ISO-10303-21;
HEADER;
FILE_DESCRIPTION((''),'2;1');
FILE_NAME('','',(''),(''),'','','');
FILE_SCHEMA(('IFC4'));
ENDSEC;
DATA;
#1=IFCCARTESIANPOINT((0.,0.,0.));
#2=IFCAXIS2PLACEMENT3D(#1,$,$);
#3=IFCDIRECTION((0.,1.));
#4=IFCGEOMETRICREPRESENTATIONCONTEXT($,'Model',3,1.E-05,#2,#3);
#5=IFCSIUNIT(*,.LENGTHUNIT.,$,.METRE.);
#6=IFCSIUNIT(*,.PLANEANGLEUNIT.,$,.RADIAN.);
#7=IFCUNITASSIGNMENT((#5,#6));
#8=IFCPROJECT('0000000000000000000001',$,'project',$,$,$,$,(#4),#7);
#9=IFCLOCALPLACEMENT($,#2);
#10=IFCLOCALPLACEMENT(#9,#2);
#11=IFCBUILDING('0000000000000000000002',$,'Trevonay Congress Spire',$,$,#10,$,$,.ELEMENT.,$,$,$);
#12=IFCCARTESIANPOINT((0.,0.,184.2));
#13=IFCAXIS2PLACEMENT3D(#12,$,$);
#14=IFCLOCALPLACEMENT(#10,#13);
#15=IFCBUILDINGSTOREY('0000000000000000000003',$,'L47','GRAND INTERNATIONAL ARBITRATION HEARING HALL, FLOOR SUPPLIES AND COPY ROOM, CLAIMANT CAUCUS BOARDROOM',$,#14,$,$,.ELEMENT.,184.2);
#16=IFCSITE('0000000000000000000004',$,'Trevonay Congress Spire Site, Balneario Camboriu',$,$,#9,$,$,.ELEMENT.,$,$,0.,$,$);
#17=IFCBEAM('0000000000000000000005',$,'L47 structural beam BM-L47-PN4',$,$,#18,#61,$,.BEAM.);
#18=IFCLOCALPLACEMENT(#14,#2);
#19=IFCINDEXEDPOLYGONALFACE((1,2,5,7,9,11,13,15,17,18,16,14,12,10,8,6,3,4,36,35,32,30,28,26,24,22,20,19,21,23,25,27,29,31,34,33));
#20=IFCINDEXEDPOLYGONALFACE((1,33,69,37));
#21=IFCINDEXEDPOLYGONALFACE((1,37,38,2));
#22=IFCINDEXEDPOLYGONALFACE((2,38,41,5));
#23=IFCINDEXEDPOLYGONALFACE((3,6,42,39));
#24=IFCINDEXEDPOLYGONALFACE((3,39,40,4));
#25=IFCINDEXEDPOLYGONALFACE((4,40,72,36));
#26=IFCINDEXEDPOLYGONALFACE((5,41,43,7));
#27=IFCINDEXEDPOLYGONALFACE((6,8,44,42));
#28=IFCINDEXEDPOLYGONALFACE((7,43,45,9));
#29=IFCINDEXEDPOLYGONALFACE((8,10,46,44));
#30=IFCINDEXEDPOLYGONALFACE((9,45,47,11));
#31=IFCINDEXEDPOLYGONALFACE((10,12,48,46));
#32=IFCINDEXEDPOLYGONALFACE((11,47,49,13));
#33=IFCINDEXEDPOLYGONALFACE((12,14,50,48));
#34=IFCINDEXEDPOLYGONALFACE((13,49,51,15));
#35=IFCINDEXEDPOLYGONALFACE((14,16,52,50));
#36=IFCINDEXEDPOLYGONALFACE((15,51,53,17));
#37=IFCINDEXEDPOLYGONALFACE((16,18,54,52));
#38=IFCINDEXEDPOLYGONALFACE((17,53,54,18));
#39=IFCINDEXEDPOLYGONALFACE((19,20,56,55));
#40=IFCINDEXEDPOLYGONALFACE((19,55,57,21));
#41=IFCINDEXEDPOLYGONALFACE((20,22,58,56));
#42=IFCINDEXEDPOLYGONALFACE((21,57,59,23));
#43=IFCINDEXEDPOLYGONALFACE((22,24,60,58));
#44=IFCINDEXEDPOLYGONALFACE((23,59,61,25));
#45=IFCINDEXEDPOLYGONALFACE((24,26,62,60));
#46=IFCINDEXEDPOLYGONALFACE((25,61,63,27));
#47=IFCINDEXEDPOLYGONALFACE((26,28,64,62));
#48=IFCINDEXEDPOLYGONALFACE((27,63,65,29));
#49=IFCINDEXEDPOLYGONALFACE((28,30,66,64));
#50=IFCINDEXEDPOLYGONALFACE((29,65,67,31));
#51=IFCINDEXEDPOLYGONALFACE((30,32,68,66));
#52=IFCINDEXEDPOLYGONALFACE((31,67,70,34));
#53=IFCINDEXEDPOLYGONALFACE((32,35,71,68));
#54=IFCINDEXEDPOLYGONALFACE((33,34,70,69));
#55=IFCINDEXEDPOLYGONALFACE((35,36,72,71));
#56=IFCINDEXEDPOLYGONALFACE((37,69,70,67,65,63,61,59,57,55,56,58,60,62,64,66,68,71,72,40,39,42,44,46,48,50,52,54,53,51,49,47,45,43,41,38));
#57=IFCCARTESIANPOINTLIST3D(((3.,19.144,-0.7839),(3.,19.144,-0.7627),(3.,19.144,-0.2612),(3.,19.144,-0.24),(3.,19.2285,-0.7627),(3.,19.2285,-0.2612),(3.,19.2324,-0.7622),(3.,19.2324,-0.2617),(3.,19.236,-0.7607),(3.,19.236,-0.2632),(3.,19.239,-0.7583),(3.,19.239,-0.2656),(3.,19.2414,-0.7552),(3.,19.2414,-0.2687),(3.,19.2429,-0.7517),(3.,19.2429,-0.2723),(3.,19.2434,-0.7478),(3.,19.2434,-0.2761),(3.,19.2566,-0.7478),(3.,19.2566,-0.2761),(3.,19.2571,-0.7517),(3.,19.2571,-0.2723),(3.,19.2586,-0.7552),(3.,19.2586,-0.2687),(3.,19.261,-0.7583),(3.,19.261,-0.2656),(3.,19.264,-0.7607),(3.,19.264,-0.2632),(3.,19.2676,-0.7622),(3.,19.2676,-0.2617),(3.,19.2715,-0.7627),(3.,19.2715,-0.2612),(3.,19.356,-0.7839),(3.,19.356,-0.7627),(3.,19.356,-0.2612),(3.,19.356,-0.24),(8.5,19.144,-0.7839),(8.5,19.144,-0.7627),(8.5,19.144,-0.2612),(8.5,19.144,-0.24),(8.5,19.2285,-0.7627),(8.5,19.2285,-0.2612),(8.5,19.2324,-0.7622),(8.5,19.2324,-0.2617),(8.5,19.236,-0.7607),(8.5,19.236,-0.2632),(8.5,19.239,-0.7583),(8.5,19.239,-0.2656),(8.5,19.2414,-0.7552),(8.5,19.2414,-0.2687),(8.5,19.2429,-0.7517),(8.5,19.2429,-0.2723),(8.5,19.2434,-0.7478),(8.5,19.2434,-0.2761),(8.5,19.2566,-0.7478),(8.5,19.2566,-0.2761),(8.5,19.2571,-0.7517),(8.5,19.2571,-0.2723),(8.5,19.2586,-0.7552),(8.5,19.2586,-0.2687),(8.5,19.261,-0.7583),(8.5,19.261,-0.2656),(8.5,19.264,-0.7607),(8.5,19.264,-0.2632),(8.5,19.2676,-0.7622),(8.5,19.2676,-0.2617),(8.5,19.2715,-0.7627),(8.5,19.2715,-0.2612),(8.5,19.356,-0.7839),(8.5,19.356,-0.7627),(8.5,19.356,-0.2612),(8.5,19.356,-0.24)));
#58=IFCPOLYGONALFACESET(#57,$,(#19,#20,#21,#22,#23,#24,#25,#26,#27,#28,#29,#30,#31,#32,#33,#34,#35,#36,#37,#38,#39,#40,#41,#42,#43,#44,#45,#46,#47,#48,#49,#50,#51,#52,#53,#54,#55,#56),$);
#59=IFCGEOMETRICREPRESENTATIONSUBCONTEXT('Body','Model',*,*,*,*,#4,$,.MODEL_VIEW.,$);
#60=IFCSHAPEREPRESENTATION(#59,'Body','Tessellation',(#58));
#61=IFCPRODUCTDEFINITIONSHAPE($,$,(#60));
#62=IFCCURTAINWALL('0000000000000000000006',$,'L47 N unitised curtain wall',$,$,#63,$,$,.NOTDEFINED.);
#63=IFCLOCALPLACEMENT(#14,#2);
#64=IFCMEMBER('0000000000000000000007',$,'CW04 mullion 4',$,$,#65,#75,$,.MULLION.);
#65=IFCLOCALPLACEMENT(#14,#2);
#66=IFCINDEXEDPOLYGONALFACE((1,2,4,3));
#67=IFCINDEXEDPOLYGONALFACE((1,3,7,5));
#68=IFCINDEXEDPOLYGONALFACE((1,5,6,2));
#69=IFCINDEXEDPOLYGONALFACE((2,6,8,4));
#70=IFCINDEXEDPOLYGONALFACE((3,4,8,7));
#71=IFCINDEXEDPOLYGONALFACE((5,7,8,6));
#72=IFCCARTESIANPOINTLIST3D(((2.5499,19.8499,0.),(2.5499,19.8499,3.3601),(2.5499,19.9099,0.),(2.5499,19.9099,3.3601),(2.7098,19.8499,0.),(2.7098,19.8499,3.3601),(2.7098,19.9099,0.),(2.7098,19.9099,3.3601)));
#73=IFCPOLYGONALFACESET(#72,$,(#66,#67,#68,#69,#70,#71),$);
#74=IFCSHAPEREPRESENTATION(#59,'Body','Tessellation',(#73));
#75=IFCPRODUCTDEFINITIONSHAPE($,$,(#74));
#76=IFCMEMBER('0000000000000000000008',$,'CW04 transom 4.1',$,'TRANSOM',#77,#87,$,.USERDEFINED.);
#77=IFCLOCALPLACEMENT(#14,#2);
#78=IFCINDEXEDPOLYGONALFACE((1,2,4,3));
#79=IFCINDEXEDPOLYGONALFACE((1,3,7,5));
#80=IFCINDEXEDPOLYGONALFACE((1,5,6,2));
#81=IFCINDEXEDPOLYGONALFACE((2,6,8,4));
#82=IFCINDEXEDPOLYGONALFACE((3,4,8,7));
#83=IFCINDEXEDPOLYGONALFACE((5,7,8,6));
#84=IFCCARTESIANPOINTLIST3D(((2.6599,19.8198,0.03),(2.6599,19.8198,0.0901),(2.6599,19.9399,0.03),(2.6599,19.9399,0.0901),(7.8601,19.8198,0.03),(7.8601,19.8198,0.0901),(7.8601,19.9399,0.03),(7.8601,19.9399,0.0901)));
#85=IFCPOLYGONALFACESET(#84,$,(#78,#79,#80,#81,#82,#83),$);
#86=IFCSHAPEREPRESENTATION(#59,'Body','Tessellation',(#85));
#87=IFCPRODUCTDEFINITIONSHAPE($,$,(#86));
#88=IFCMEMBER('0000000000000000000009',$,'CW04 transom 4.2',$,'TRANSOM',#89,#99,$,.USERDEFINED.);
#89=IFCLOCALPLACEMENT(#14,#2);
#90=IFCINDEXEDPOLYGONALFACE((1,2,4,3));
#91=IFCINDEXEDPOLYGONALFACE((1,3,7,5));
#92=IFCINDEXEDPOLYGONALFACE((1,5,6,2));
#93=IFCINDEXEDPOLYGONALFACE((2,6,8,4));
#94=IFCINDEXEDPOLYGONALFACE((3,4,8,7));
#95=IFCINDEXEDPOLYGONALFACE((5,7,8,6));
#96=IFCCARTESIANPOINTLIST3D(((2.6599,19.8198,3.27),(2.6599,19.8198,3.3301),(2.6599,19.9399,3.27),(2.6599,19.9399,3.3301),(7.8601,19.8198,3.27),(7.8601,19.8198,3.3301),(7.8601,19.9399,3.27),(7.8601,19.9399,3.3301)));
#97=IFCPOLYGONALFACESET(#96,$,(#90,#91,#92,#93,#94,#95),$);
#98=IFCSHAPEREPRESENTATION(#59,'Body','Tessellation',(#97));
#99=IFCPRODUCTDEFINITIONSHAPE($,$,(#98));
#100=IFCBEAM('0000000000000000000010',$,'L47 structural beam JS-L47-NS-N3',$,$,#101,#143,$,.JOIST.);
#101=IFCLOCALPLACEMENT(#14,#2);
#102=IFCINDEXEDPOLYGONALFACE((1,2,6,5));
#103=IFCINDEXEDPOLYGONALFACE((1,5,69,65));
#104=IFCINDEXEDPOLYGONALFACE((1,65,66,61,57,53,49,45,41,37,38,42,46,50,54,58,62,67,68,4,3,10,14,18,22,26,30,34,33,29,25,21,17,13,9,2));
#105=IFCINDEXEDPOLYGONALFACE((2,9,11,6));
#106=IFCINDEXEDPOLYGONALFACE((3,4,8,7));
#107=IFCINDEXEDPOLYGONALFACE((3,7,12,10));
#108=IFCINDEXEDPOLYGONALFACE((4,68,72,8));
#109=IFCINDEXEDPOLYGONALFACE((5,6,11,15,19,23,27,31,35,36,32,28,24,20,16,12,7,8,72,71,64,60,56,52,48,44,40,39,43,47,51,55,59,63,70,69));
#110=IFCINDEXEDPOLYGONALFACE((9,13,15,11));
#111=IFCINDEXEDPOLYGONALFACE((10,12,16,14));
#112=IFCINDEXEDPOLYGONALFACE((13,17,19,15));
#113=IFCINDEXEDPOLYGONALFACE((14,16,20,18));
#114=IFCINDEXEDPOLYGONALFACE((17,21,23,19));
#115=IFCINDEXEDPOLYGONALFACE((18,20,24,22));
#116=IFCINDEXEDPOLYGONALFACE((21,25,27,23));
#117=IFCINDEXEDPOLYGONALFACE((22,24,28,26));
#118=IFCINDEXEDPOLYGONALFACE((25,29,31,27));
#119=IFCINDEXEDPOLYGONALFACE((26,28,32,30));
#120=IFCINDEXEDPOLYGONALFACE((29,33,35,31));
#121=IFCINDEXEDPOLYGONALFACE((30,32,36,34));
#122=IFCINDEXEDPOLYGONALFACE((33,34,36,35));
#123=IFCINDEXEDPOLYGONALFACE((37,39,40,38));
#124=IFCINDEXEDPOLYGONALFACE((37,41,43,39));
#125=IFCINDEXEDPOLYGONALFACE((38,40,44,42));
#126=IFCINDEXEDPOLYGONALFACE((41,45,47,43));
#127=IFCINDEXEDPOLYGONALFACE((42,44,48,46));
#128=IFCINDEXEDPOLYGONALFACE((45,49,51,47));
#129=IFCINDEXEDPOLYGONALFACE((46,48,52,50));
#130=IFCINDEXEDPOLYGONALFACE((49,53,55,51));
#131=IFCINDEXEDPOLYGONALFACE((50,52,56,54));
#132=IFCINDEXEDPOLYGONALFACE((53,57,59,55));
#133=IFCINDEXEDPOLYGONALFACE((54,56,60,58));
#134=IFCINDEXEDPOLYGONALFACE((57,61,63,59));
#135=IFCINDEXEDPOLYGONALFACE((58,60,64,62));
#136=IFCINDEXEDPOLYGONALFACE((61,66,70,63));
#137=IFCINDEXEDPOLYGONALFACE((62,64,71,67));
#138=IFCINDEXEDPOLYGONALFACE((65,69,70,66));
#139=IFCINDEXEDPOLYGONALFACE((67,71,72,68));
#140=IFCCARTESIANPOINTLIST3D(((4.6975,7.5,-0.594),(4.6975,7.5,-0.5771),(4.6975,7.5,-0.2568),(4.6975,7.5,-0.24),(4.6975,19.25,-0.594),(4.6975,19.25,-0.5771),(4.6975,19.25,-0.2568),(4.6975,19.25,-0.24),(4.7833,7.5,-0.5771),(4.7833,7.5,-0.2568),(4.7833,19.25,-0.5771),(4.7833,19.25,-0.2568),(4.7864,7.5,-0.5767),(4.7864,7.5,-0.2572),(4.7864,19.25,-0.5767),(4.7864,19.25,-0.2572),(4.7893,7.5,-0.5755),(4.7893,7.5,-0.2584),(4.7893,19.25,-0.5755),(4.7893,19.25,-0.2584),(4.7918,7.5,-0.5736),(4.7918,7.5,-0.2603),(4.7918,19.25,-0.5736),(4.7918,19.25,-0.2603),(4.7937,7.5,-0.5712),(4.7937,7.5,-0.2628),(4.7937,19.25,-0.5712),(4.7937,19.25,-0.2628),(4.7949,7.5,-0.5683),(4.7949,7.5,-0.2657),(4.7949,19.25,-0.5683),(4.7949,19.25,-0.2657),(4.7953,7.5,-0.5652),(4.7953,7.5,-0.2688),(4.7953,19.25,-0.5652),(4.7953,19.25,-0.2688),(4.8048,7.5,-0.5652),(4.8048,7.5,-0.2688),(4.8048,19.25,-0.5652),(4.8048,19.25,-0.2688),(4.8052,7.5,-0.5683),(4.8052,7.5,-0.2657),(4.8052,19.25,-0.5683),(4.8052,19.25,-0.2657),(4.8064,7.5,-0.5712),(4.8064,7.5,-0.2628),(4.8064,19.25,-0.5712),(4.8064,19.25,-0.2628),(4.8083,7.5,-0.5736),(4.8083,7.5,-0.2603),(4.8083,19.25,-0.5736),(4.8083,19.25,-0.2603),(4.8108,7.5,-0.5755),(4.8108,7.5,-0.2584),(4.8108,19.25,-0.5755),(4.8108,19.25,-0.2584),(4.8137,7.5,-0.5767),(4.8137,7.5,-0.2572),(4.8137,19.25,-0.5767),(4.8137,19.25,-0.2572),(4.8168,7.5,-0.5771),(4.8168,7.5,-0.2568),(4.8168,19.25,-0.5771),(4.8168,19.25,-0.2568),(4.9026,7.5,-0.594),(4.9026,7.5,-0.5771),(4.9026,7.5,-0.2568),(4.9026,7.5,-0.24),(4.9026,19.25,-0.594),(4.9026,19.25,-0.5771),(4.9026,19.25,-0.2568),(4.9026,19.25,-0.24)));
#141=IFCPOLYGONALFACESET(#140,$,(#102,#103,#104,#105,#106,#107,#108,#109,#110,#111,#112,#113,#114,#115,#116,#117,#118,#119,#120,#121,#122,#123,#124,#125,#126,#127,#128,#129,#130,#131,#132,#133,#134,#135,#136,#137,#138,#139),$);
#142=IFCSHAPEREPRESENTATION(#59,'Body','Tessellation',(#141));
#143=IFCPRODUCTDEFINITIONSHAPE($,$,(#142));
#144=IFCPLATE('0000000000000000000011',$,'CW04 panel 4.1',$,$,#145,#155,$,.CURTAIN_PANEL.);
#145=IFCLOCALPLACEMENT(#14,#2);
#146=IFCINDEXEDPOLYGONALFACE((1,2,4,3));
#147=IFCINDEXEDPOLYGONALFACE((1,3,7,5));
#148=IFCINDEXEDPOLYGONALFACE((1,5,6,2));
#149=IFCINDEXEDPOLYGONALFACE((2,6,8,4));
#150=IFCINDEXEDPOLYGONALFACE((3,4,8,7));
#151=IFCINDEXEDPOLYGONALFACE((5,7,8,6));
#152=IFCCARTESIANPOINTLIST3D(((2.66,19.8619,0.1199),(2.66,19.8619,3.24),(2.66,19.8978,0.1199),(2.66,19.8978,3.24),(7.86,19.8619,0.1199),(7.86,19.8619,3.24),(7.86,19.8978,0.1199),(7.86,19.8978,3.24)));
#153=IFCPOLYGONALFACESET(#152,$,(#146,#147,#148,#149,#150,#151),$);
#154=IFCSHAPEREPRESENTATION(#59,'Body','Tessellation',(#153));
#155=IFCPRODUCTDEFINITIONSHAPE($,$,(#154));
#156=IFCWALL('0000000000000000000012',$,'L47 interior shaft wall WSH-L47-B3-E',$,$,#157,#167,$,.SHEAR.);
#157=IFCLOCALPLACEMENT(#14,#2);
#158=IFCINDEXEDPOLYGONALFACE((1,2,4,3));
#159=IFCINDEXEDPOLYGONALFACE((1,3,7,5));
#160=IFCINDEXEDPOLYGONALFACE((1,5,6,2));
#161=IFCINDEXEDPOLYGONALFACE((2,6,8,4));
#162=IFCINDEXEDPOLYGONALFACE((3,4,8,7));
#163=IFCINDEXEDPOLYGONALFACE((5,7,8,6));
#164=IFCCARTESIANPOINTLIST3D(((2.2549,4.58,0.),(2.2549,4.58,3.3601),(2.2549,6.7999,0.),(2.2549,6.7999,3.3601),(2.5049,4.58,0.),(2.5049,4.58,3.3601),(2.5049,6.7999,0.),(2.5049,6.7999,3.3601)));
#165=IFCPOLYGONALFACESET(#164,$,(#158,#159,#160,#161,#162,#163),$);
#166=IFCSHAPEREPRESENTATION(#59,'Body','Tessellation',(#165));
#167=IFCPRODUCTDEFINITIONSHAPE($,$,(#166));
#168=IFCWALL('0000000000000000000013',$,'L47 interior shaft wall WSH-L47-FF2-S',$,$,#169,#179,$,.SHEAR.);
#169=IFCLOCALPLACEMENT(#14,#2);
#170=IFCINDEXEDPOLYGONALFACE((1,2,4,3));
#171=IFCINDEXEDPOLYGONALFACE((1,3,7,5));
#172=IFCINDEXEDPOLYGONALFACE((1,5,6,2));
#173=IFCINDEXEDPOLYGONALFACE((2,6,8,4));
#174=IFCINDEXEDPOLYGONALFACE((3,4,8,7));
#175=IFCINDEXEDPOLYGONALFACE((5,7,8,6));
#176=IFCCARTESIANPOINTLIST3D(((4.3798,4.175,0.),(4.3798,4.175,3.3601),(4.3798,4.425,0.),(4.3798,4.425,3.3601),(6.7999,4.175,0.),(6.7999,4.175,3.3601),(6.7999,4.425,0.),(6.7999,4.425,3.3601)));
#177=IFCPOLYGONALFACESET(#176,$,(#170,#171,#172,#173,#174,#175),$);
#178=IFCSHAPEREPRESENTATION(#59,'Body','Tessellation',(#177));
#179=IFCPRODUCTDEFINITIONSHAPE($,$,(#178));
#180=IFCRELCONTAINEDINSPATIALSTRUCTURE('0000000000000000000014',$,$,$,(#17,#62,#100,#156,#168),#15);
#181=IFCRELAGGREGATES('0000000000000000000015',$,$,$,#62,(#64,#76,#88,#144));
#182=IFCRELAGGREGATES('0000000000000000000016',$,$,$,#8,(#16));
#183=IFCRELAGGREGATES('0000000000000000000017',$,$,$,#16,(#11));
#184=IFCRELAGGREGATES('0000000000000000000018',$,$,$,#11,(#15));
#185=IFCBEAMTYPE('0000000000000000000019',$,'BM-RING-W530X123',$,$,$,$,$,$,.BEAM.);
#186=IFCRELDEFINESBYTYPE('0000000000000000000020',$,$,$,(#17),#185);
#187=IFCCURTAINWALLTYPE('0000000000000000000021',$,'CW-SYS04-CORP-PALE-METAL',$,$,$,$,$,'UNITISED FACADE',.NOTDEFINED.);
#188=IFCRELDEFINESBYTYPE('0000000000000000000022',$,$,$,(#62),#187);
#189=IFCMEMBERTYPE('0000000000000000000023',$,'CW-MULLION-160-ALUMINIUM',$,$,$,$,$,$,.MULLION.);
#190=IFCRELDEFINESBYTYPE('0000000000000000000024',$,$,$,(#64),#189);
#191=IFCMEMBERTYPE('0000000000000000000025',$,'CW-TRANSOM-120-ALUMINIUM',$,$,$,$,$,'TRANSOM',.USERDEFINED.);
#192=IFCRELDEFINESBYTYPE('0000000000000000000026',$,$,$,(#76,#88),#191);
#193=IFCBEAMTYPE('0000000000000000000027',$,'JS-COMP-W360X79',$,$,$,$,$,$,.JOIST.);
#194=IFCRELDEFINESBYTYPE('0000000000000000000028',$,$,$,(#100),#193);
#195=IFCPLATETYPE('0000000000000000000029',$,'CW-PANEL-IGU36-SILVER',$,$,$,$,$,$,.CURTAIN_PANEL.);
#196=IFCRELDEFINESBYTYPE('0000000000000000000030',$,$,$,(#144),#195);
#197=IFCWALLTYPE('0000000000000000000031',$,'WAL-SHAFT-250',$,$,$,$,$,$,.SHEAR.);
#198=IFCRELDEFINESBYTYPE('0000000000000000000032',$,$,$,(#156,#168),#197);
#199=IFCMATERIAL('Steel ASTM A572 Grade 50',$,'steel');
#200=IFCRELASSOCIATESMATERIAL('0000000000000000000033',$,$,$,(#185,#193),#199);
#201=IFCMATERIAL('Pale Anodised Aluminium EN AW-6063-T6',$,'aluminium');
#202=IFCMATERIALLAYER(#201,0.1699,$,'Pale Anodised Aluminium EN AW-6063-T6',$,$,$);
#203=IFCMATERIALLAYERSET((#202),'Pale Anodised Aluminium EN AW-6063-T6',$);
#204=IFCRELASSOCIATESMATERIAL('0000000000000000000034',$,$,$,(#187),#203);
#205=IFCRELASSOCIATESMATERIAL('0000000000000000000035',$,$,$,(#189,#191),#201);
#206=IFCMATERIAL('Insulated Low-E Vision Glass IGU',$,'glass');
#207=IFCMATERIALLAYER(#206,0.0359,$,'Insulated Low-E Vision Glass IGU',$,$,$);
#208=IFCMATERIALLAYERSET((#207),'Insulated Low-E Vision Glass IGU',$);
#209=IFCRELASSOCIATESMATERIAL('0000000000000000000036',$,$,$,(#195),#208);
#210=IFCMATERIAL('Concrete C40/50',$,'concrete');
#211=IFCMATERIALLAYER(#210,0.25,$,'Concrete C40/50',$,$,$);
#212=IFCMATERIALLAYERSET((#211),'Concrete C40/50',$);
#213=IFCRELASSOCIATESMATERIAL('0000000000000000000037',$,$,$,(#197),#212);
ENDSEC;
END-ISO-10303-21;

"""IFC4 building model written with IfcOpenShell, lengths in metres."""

from ifc_helpers import new_model, si_unit, direction, frame, frame_2d, origin, origin_2d, place, context, subcontext, project, spatial, rectangle, i_section, extrude, material, layer, layer_set, material_profile, profile_set, type_object, element, aggregate, save


model = new_model("IFC4")

# Units and contexts
model_context = context("Model", 3, precision=1e-05, world=origin(), true_north=direction((0.0, 1.0)))
body_context = subcontext(model_context, "Body", "Model", "MODEL_VIEW")
ifc_project = project(units=[si_unit("LENGTHUNIT", "METRE"), si_unit("PLANEANGLEUNIT", "RADIAN")], contexts=[model_context])

# Site, building, storey
site_placement = place(None, origin())
site = spatial("IfcSite", under=ifc_project, at=site_placement, Name="Trevonay Congress Spire Site, Balneario Camboriu", CompositionType="ELEMENT", RefElevation=0.0)
building_placement = place(site_placement, origin())
building = spatial("IfcBuilding", under=site, at=building_placement, Name="Trevonay Congress Spire", CompositionType="ELEMENT")
storey_placement = place(building_placement, frame((0.0, 0.0, 184.2)))
storey = spatial("IfcBuildingStorey", under=building, at=storey_placement, Name="L47", Description="GRAND INTERNATIONAL ARBITRATION HEARING HALL, FLOOR SUPPLIES AND COPY ROOM, CLAIMANT CAUCUS BOARDROOM", CompositionType="ELEMENT", Elevation=184.2)

# Shared definitions
ifc_material_1 = material(Name="Steel ASTM A572 Grade 50", Category="steel")

# Beam
ifc_material_profile_1 = material_profile(ifc_material_1, i_section(OverallWidth=0.2119, OverallDepth=0.5439, WebThickness=0.0132, FlangeThickness=0.0212, FilletRadius=0.0149, at=origin_2d()), Name="W530x123")
ifc_profile_set_1 = profile_set([ifc_material_profile_1], Name="Steel ASTM A572 Grade 50")
beam_type_1 = type_object("IfcBeamType", Name="BM-RING-W530X123", PredefinedType="BEAM", material=ifc_profile_set_1)
beam_1_placement = place(storey_placement, frame((3.0, 19.25, -0.512), z_axis=(1.0, 0.0, 0.0), x_axis=(0.0, 1.0, 0.0)))
element("IfcBeam", 1, at=beam_1_placement, inside=storey, type_object=beam_type_1, Name="L47 structural beam BM-L47-PN4", PredefinedType="BEAM", context=body_context, shape_type="SweptSolid", body=[
    extrude(i_section(OverallWidth=0.2119, OverallDepth=0.5439, WebThickness=0.0132, FlangeThickness=0.0212, FilletRadius=0.0149, at=origin_2d()), origin(), (0.0, 0.0, 1.0), 5.5),
])

# Curtain wall, members
ifc_material_2 = material(Name="Pale Anodised Aluminium EN AW-6063-T6", Category="aluminium")
ifc_layer_1 = layer(ifc_material_2, 0.1699, Name="Pale Anodised Aluminium EN AW-6063-T6")
ifc_layer_set_1 = layer_set([ifc_layer_1], Name="Pale Anodised Aluminium EN AW-6063-T6")
curtain_wall_type = type_object("IfcCurtainWallType", Name="CW-SYS04-CORP-PALE-METAL", ElementType="UNITISED FACADE", PredefinedType="NOTDEFINED", material=ifc_layer_set_1)
curtain_wall_placement = place(storey_placement, origin())
curtain_wall = element("IfcCurtainWall", 2, at=curtain_wall_placement, inside=storey, type_object=curtain_wall_type, Name="L47 N unitised curtain wall", PredefinedType="NOTDEFINED")
ifc_material_profile_2 = material_profile(ifc_material_2, rectangle(XDim=0.0601, YDim=0.1599, at=origin_2d()), Name="CW-MULLION-160-ALUMINIUM")
ifc_profile_set_2 = profile_set([ifc_material_profile_2], Name="Pale Anodised Aluminium EN AW-6063-T6")
member_type_1 = type_object("IfcMemberType", Name="CW-MULLION-160-ALUMINIUM", PredefinedType="MULLION", material=ifc_profile_set_2)
member_1_placement = place(storey_placement, frame((2.6299, 19.8799, 0.0), z_axis=(0.0, 0.0, 1.0), x_axis=(0.0, 1.0, 0.0)))
member_1 = element("IfcMember", 3, at=member_1_placement, type_object=member_type_1, Name="CW04 mullion 4", PredefinedType="MULLION", context=body_context, shape_type="SweptSolid", body=[
    extrude(rectangle(XDim=0.0601, YDim=0.1599, at=origin_2d()), origin(), (0.0, 0.0, 1.0), 3.3601),
])
ifc_material_profile_3 = material_profile(ifc_material_2, rectangle(XDim=0.1201, YDim=0.0601, at=origin_2d()), Name="CW-TRANSOM-120-ALUMINIUM")
ifc_profile_set_3 = profile_set([ifc_material_profile_3], Name="Pale Anodised Aluminium EN AW-6063-T6")
member_type_2 = type_object("IfcMemberType", Name="CW-TRANSOM-120-ALUMINIUM", ElementType="TRANSOM", PredefinedType="USERDEFINED", material=ifc_profile_set_3)
member_2_placement = place(storey_placement, frame((2.6599, 19.8799, 0.0601), z_axis=(1.0, 0.0, 0.0), x_axis=(0.0, 1.0, 0.0)))
member_2 = element("IfcMember", 4, at=member_2_placement, type_object=member_type_2, Name="CW04 transom 4.1", ObjectType="TRANSOM", PredefinedType="USERDEFINED", context=body_context, shape_type="SweptSolid", body=[
    extrude(rectangle(XDim=0.1201, YDim=0.0601, at=origin_2d()), origin(), (0.0, 0.0, 1.0), 5.2002),
])
member_3_placement = place(storey_placement, frame((2.6599, 19.8799, 3.3), z_axis=(1.0, 0.0, 0.0), x_axis=(0.0, 1.0, 0.0)))
member_3 = element("IfcMember", 5, at=member_3_placement, type_object=member_type_2, Name="CW04 transom 4.2", ObjectType="TRANSOM", PredefinedType="USERDEFINED", context=body_context, shape_type="SweptSolid", body=[
    extrude(rectangle(XDim=0.1201, YDim=0.0601, at=origin_2d()), origin(), (0.0, 0.0, 1.0), 5.2002),
])

# Beam
ifc_material_profile_4 = material_profile(ifc_material_1, i_section(OverallWidth=0.2051, OverallDepth=0.354, WebThickness=0.0095, FlangeThickness=0.0168, FilletRadius=0.012, at=origin_2d()), Name="W360x79")
ifc_profile_set_4 = profile_set([ifc_material_profile_4], Name="Steel ASTM A572 Grade 50")
beam_type_2 = type_object("IfcBeamType", Name="JS-COMP-W360X79", PredefinedType="JOIST", material=ifc_profile_set_4)
beam_2_placement = place(storey_placement, frame((4.8, 7.5, -0.417), z_axis=(0.0, 1.0, 0.0), x_axis=(-1.0, 0.0, 0.0)))
element("IfcBeam", 6, at=beam_2_placement, inside=storey, type_object=beam_type_2, Name="L47 structural beam JS-L47-NS-N3", PredefinedType="JOIST", context=body_context, shape_type="SweptSolid", body=[
    extrude(i_section(OverallWidth=0.2051, OverallDepth=0.354, WebThickness=0.0095, FlangeThickness=0.0168, FilletRadius=0.012, at=origin_2d()), origin(), (0.0, 0.0, 1.0), 11.75),
])

# Plate
ifc_material_3 = material(Name="Insulated Low-E Vision Glass IGU", Category="glass")
ifc_layer_2 = layer(ifc_material_3, 0.0359, Name="Insulated Low-E Vision Glass IGU")
ifc_layer_set_2 = layer_set([ifc_layer_2], Name="Insulated Low-E Vision Glass IGU")
plate_type = type_object("IfcPlateType", Name="CW-PANEL-IGU36-SILVER", PredefinedType="CURTAIN_PANEL", material=ifc_layer_set_2)
plate_placement = place(storey_placement, frame((5.26, 19.8799, 0.1199), z_axis=(0.0, 0.0, 1.0), x_axis=(1.0, 0.0, 0.0)))
plate = element("IfcPlate", 7, at=plate_placement, type_object=plate_type, Name="CW04 panel 4.1", PredefinedType="CURTAIN_PANEL", context=body_context, shape_type="SweptSolid", body=[
    extrude(rectangle(XDim=5.2, YDim=0.0359, at=origin_2d()), origin(), (0.0, 0.0, 1.0), 3.1201),
])
aggregate(curtain_wall, [member_1, member_2, member_3, plate])

# Walls
ifc_material_4 = material(Name="Concrete C40/50", Category="concrete")
ifc_layer_3 = layer(ifc_material_4, 0.25, Name="Concrete C40/50")
ifc_layer_set_3 = layer_set([ifc_layer_3], Name="Concrete C40/50")
wall_type_1 = type_object("IfcWallType", Name="WAL-SHAFT-250", PredefinedType="SHEAR", material=ifc_layer_set_3)
wall_1_placement = place(storey_placement, frame((2.3799, 4.5801, 0.0), z_axis=(0.0, 0.0, 1.0), x_axis=(0.0, 1.0, 0.0)))
element("IfcWall", 8, at=wall_1_placement, inside=storey, type_object=wall_type_1, Name="L47 interior shaft wall WSH-L47-B3-E", PredefinedType="SHEAR", context=body_context, shape_type="SweptSolid", body=[
    extrude(rectangle(XDim=2.22, YDim=0.25, at=frame_2d((1.1099, 0.0))), origin(), (0.0, 0.0, 1.0), 3.3601),
])
wall_2_placement = place(storey_placement, frame((4.3799, 4.3, 0.0), z_axis=(0.0, 0.0, 1.0), x_axis=(1.0, 0.0, 0.0)))
element("IfcWall", 9, at=wall_2_placement, inside=storey, type_object=wall_type_1, Name="L47 interior shaft wall WSH-L47-FF2-S", PredefinedType="SHEAR", context=body_context, shape_type="SweptSolid", body=[
    extrude(rectangle(XDim=2.4202, YDim=0.25, at=frame_2d((1.21, 0.0))), origin(), (0.0, 0.0, 1.0), 3.3601),
])

save(model, "model.ifc")
